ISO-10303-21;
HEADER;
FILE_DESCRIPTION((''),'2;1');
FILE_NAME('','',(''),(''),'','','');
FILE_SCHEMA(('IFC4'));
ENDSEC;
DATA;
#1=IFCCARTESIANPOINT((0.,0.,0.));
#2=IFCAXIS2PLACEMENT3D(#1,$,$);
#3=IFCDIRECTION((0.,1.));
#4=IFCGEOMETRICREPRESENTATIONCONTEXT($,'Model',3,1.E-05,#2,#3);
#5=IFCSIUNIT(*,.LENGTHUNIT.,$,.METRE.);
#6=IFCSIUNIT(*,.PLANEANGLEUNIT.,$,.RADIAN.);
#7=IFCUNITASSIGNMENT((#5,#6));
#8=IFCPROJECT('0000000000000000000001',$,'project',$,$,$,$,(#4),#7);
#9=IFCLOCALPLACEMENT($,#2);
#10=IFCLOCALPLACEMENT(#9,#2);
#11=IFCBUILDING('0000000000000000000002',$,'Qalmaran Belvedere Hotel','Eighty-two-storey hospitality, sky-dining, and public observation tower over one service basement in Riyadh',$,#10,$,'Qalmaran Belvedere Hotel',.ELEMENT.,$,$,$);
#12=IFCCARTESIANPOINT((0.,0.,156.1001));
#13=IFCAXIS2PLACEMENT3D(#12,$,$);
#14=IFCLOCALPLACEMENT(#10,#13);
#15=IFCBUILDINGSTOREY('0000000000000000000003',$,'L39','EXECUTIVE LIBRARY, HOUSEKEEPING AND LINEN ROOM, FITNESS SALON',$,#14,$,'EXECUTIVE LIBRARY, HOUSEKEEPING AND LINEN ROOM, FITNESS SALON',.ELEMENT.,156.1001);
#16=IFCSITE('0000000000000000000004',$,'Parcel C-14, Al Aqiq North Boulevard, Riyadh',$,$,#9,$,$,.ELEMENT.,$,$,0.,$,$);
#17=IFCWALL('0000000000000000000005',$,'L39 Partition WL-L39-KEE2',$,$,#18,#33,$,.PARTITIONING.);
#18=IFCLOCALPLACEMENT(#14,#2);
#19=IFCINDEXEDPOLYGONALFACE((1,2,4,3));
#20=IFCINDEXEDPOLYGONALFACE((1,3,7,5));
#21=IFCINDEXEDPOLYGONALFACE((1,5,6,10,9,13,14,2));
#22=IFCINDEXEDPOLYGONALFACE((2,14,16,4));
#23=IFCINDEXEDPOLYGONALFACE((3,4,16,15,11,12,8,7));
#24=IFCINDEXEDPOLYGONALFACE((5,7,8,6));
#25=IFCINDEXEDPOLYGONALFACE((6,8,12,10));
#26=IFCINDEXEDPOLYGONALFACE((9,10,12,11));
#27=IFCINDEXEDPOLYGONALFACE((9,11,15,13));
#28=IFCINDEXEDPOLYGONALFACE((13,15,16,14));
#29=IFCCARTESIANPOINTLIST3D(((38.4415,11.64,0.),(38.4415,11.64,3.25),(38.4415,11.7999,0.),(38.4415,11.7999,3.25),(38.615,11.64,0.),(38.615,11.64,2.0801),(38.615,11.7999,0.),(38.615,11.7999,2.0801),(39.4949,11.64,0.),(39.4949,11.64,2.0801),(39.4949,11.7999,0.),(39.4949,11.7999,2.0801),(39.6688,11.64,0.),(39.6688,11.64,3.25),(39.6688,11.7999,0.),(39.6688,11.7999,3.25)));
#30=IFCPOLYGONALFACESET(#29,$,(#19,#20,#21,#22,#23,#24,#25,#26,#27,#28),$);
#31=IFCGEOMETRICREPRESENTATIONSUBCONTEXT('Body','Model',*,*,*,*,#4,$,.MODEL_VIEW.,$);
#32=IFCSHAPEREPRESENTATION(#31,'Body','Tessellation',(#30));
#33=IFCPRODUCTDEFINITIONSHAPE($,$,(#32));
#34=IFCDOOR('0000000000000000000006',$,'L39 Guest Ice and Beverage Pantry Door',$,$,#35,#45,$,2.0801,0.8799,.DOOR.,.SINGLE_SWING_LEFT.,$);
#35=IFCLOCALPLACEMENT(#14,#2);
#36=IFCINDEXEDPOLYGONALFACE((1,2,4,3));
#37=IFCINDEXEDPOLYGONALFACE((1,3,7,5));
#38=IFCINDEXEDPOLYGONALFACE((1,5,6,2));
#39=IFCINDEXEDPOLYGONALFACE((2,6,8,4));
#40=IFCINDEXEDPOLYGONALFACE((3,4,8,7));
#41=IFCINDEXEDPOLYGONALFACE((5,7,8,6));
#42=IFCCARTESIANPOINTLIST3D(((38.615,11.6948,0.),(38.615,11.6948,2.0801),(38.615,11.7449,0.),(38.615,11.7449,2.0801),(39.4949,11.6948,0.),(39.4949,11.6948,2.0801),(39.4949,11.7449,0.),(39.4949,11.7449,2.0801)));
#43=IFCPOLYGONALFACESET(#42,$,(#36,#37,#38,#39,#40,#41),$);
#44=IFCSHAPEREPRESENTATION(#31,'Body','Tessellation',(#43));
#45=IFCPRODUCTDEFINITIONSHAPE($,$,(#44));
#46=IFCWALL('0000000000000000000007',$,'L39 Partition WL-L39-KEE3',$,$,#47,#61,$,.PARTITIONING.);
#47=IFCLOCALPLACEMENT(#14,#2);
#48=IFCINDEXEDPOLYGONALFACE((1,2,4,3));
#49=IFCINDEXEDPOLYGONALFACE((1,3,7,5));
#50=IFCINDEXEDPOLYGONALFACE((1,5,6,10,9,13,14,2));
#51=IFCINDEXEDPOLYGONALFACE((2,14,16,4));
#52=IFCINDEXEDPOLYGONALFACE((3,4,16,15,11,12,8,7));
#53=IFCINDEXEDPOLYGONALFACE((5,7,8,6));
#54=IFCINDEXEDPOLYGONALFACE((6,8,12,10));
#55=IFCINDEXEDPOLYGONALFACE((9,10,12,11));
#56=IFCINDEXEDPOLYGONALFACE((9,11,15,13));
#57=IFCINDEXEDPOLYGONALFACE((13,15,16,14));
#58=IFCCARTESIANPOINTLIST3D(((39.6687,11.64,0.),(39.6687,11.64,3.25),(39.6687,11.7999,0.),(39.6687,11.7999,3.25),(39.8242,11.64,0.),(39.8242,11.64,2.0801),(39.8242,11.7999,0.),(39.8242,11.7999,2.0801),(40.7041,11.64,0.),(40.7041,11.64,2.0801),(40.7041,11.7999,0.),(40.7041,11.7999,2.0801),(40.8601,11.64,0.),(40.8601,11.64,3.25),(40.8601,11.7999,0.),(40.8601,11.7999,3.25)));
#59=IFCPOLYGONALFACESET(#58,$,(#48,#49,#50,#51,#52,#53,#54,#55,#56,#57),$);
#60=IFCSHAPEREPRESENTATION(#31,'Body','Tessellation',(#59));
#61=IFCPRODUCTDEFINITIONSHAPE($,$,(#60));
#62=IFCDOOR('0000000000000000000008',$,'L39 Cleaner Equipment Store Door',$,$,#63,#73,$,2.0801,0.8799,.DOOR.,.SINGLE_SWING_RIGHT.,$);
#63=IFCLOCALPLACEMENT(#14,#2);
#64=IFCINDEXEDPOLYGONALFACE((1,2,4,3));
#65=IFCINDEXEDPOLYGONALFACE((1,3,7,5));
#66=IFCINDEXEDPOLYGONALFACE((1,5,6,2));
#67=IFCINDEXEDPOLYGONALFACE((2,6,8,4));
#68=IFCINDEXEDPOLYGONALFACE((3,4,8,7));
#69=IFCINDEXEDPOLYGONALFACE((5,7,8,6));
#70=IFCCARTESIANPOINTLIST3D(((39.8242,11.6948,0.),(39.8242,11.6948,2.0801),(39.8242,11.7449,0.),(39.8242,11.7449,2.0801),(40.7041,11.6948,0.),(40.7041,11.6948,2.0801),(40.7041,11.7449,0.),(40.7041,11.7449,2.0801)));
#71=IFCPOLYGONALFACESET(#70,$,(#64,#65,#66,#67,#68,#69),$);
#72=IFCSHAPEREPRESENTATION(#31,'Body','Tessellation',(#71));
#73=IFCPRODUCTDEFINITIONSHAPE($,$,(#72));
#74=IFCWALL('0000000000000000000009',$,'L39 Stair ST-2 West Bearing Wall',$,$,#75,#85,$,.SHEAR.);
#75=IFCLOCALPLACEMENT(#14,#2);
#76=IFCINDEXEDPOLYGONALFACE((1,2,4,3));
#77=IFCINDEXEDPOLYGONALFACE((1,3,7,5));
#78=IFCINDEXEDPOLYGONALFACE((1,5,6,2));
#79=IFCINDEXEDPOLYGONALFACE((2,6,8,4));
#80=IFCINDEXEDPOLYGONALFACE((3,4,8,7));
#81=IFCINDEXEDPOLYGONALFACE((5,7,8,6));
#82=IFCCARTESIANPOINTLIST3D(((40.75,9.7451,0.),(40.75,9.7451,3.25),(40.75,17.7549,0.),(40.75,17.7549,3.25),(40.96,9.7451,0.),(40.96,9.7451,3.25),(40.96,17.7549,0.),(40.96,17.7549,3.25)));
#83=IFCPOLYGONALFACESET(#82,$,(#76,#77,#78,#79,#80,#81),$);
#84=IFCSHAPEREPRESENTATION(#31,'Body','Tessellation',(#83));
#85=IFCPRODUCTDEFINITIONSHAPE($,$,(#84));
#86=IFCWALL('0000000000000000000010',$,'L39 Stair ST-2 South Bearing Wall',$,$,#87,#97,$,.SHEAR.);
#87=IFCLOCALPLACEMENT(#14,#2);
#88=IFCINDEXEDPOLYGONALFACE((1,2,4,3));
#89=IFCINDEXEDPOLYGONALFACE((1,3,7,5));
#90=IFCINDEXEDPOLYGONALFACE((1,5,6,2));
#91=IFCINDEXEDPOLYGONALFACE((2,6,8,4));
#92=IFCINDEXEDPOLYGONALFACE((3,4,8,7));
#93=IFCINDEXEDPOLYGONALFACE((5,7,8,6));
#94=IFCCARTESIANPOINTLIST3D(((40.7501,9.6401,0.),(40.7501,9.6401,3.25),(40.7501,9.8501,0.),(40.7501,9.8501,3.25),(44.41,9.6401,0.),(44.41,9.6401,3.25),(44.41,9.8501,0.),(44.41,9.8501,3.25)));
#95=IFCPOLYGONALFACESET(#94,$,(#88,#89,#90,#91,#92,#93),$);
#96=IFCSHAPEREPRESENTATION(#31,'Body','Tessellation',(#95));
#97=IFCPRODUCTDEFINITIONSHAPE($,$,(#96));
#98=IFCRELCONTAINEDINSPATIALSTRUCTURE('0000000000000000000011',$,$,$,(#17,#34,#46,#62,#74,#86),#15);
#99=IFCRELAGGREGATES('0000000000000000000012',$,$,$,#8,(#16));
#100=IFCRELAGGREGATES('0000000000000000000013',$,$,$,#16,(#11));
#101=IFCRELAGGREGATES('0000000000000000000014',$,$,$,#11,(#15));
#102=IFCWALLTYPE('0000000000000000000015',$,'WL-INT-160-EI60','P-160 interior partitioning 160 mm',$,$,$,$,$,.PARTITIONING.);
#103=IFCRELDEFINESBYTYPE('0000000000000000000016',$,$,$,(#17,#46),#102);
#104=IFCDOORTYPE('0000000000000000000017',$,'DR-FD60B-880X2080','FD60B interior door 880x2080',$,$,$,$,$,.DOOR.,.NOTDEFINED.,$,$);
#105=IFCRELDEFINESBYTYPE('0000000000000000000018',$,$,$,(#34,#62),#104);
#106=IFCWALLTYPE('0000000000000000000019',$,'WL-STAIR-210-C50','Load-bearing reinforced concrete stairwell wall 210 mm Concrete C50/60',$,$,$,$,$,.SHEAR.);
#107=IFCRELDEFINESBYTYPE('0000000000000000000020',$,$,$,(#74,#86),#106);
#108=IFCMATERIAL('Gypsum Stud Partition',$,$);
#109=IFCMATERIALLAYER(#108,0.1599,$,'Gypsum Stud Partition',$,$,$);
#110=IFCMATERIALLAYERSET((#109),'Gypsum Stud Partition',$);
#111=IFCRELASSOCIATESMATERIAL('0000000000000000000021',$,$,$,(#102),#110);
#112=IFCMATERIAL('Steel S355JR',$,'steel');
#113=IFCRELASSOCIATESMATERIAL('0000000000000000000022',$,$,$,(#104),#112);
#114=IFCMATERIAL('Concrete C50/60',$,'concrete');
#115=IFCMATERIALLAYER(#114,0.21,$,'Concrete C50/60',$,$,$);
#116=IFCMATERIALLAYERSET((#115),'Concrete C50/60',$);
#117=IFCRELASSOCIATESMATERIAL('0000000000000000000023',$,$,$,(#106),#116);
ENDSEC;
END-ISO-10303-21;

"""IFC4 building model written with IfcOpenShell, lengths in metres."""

from ifc_helpers import new_model, si_unit, direction, frame, frame_2d, origin, place, context, subcontext, project, spatial, rectangle, extrude, material, layer, layer_set, type_object, element, fill, save


model = new_model("IFC4")

# Units and contexts
model_context = context("Model", 3, precision=1e-05, world=origin(), true_north=direction((0.0, 1.0)))
body_context = subcontext(model_context, "Body", "Model", "MODEL_VIEW")
ifc_project = project(units=[si_unit("LENGTHUNIT", "METRE"), si_unit("PLANEANGLEUNIT", "RADIAN")], contexts=[model_context])

# Site, building, storey
site_placement = place(None, origin())
site = spatial("IfcSite", under=ifc_project, at=site_placement, Name="Parcel C-14, Al Aqiq North Boulevard, Riyadh", CompositionType="ELEMENT", RefElevation=0.0)
building_placement = place(site_placement, origin())
building = spatial("IfcBuilding", under=site, at=building_placement, Name="Qalmaran Belvedere Hotel", Description="Eighty-two-storey hospitality, sky-dining, and public observation tower over one service basement in Riyadh", LongName="Qalmaran Belvedere Hotel", CompositionType="ELEMENT")
storey_placement = place(building_placement, frame((0.0, 0.0, 156.1001)))
storey = spatial("IfcBuildingStorey", under=building, at=storey_placement, Name="L39", Description="EXECUTIVE LIBRARY, HOUSEKEEPING AND LINEN ROOM, FITNESS SALON", LongName="EXECUTIVE LIBRARY, HOUSEKEEPING AND LINEN ROOM, FITNESS SALON", CompositionType="ELEMENT", Elevation=156.1001)

# Shared definitions
ifc_material_1 = material(Name="Gypsum Stud Partition")

# Walls, openings, doors
ifc_layer_1 = layer(ifc_material_1, 0.1599, Name="Gypsum Stud Partition")
ifc_layer_set_1 = layer_set([ifc_layer_1], Name="Gypsum Stud Partition")
wall_type_1 = type_object("IfcWallType", Name="WL-INT-160-EI60", Description="P-160 interior partitioning 160 mm", PredefinedType="PARTITIONING", material=ifc_layer_set_1)
wall_1_placement = place(storey_placement, frame((38.4414, 11.72, 0.0), z_axis=(0.0, 0.0, 1.0), x_axis=(1.0, 0.0, 0.0)))
wall_1 = element("IfcWall", 1, at=wall_1_placement, inside=storey, type_object=wall_type_1, Name="L39 Partition WL-L39-KEE2", PredefinedType="PARTITIONING", context=body_context, shape_type="SweptSolid", body=[
    extrude(rectangle(XDim=1.2273, YDim=0.1599, at=frame_2d((0.6138, 0.0))), origin(), (0.0, 0.0, 1.0), 3.25),
])
opening_1_placement = place(wall_1_placement, frame((0.1736, 0.0, 0.0)))
opening_1 = element("IfcOpeningElement", 2, at=opening_1_placement, cuts=wall_1, PredefinedType="OPENING", context=body_context, shape_type="SweptSolid", body=[
    extrude(rectangle(XDim=0.8799, YDim=2.0801, at=frame_2d((0.4399, 1.04))), frame((0.0, 0.0898, 0.0), z_axis=(0.0, -1.0, 0.0), x_axis=(1.0, 0.0, 0.0)), (0.0, 0.0, 1.0), 0.1799),
])
ifc_material_2 = material(Name="Steel S355JR", Category="steel")
door_type_1 = type_object("IfcDoorType", Name="DR-FD60B-880X2080", Description="FD60B interior door 880x2080", OperationType="NOTDEFINED", PredefinedType="DOOR", material=ifc_material_2)
door_1_placement = place(opening_1_placement, origin())
door_1 = element("IfcDoor", 3, at=door_1_placement, inside=storey, type_object=door_type_1, Name="L39 Guest Ice and Beverage Pantry Door", OperationType="SINGLE_SWING_LEFT", OverallHeight=2.0801, OverallWidth=0.8799, PredefinedType="DOOR", context=body_context, shape_type="SweptSolid", body=[
    extrude(rectangle(XDim=0.8799, YDim=2.0801, at=frame_2d((0.4399, 1.04))), frame((0.0, 0.0249, 0.0), z_axis=(0.0, -1.0, 0.0), x_axis=(1.0, 0.0, 0.0)), (0.0, 0.0, 1.0), 0.05),
])
fill(opening_1, door_1)
wall_2_placement = place(storey_placement, frame((39.6687, 11.72, 0.0), z_axis=(0.0, 0.0, 1.0), x_axis=(1.0, 0.0, 0.0)))
wall_2 = element("IfcWall", 4, at=wall_2_placement, inside=storey, type_object=wall_type_1, Name="L39 Partition WL-L39-KEE3", PredefinedType="PARTITIONING", context=body_context, shape_type="SweptSolid", body=[
    extrude(rectangle(XDim=1.1914, YDim=0.1599, at=frame_2d((0.5957, 0.0))), origin(), (0.0, 0.0, 1.0), 3.25),
])
opening_2_placement = place(wall_2_placement, frame((0.1555, 0.0, 0.0)))
opening_2 = element("IfcOpeningElement", 5, at=opening_2_placement, cuts=wall_2, PredefinedType="OPENING", context=body_context, shape_type="SweptSolid", body=[
    extrude(rectangle(XDim=0.8799, YDim=2.0801, at=frame_2d((0.4399, 1.04))), frame((0.0, 0.0898, 0.0), z_axis=(0.0, -1.0, 0.0), x_axis=(1.0, 0.0, 0.0)), (0.0, 0.0, 1.0), 0.1799),
])
door_2_placement = place(opening_2_placement, origin())
door_2 = element("IfcDoor", 6, at=door_2_placement, inside=storey, type_object=door_type_1, Name="L39 Cleaner Equipment Store Door", OperationType="SINGLE_SWING_RIGHT", OverallHeight=2.0801, OverallWidth=0.8799, PredefinedType="DOOR", context=body_context, shape_type="SweptSolid", body=[
    extrude(rectangle(XDim=0.8799, YDim=2.0801, at=frame_2d((0.4399, 1.04))), frame((0.0, 0.0249, 0.0), z_axis=(0.0, -1.0, 0.0), x_axis=(1.0, 0.0, 0.0)), (0.0, 0.0, 1.0), 0.05),
])
fill(opening_2, door_2)

# Walls
ifc_material_3 = material(Name="Concrete C50/60", Category="concrete")
ifc_layer_2 = layer(ifc_material_3, 0.21, Name="Concrete C50/60")
ifc_layer_set_2 = layer_set([ifc_layer_2], Name="Concrete C50/60")
wall_type_2 = type_object("IfcWallType", Name="WL-STAIR-210-C50", Description="Load-bearing reinforced concrete stairwell wall 210 mm Concrete C50/60", PredefinedType="SHEAR", material=ifc_layer_set_2)
wall_3_placement = place(storey_placement, frame((40.855, 9.7451, 0.0), z_axis=(0.0, 0.0, 1.0), x_axis=(0.0, 1.0, 0.0)))
element("IfcWall", 7, at=wall_3_placement, inside=storey, type_object=wall_type_2, Name="L39 Stair ST-2 West Bearing Wall", PredefinedType="SHEAR", context=body_context, shape_type="SweptSolid", body=[
    extrude(rectangle(XDim=8.0098, YDim=0.21, at=frame_2d((4.0049, 0.0))), origin(), (0.0, 0.0, 1.0), 3.25),
])
wall_4_placement = place(storey_placement, frame((40.75, 9.7451, 0.0), z_axis=(0.0, 0.0, 1.0), x_axis=(1.0, 0.0, 0.0)))
element("IfcWall", 8, at=wall_4_placement, inside=storey, type_object=wall_type_2, Name="L39 Stair ST-2 South Bearing Wall", PredefinedType="SHEAR", context=body_context, shape_type="SweptSolid", body=[
    extrude(rectangle(XDim=3.6599, YDim=0.21, at=frame_2d((1.8301, 0.0))), origin(), (0.0, 0.0, 1.0), 3.25),
])

save(model, "model.ifc")
